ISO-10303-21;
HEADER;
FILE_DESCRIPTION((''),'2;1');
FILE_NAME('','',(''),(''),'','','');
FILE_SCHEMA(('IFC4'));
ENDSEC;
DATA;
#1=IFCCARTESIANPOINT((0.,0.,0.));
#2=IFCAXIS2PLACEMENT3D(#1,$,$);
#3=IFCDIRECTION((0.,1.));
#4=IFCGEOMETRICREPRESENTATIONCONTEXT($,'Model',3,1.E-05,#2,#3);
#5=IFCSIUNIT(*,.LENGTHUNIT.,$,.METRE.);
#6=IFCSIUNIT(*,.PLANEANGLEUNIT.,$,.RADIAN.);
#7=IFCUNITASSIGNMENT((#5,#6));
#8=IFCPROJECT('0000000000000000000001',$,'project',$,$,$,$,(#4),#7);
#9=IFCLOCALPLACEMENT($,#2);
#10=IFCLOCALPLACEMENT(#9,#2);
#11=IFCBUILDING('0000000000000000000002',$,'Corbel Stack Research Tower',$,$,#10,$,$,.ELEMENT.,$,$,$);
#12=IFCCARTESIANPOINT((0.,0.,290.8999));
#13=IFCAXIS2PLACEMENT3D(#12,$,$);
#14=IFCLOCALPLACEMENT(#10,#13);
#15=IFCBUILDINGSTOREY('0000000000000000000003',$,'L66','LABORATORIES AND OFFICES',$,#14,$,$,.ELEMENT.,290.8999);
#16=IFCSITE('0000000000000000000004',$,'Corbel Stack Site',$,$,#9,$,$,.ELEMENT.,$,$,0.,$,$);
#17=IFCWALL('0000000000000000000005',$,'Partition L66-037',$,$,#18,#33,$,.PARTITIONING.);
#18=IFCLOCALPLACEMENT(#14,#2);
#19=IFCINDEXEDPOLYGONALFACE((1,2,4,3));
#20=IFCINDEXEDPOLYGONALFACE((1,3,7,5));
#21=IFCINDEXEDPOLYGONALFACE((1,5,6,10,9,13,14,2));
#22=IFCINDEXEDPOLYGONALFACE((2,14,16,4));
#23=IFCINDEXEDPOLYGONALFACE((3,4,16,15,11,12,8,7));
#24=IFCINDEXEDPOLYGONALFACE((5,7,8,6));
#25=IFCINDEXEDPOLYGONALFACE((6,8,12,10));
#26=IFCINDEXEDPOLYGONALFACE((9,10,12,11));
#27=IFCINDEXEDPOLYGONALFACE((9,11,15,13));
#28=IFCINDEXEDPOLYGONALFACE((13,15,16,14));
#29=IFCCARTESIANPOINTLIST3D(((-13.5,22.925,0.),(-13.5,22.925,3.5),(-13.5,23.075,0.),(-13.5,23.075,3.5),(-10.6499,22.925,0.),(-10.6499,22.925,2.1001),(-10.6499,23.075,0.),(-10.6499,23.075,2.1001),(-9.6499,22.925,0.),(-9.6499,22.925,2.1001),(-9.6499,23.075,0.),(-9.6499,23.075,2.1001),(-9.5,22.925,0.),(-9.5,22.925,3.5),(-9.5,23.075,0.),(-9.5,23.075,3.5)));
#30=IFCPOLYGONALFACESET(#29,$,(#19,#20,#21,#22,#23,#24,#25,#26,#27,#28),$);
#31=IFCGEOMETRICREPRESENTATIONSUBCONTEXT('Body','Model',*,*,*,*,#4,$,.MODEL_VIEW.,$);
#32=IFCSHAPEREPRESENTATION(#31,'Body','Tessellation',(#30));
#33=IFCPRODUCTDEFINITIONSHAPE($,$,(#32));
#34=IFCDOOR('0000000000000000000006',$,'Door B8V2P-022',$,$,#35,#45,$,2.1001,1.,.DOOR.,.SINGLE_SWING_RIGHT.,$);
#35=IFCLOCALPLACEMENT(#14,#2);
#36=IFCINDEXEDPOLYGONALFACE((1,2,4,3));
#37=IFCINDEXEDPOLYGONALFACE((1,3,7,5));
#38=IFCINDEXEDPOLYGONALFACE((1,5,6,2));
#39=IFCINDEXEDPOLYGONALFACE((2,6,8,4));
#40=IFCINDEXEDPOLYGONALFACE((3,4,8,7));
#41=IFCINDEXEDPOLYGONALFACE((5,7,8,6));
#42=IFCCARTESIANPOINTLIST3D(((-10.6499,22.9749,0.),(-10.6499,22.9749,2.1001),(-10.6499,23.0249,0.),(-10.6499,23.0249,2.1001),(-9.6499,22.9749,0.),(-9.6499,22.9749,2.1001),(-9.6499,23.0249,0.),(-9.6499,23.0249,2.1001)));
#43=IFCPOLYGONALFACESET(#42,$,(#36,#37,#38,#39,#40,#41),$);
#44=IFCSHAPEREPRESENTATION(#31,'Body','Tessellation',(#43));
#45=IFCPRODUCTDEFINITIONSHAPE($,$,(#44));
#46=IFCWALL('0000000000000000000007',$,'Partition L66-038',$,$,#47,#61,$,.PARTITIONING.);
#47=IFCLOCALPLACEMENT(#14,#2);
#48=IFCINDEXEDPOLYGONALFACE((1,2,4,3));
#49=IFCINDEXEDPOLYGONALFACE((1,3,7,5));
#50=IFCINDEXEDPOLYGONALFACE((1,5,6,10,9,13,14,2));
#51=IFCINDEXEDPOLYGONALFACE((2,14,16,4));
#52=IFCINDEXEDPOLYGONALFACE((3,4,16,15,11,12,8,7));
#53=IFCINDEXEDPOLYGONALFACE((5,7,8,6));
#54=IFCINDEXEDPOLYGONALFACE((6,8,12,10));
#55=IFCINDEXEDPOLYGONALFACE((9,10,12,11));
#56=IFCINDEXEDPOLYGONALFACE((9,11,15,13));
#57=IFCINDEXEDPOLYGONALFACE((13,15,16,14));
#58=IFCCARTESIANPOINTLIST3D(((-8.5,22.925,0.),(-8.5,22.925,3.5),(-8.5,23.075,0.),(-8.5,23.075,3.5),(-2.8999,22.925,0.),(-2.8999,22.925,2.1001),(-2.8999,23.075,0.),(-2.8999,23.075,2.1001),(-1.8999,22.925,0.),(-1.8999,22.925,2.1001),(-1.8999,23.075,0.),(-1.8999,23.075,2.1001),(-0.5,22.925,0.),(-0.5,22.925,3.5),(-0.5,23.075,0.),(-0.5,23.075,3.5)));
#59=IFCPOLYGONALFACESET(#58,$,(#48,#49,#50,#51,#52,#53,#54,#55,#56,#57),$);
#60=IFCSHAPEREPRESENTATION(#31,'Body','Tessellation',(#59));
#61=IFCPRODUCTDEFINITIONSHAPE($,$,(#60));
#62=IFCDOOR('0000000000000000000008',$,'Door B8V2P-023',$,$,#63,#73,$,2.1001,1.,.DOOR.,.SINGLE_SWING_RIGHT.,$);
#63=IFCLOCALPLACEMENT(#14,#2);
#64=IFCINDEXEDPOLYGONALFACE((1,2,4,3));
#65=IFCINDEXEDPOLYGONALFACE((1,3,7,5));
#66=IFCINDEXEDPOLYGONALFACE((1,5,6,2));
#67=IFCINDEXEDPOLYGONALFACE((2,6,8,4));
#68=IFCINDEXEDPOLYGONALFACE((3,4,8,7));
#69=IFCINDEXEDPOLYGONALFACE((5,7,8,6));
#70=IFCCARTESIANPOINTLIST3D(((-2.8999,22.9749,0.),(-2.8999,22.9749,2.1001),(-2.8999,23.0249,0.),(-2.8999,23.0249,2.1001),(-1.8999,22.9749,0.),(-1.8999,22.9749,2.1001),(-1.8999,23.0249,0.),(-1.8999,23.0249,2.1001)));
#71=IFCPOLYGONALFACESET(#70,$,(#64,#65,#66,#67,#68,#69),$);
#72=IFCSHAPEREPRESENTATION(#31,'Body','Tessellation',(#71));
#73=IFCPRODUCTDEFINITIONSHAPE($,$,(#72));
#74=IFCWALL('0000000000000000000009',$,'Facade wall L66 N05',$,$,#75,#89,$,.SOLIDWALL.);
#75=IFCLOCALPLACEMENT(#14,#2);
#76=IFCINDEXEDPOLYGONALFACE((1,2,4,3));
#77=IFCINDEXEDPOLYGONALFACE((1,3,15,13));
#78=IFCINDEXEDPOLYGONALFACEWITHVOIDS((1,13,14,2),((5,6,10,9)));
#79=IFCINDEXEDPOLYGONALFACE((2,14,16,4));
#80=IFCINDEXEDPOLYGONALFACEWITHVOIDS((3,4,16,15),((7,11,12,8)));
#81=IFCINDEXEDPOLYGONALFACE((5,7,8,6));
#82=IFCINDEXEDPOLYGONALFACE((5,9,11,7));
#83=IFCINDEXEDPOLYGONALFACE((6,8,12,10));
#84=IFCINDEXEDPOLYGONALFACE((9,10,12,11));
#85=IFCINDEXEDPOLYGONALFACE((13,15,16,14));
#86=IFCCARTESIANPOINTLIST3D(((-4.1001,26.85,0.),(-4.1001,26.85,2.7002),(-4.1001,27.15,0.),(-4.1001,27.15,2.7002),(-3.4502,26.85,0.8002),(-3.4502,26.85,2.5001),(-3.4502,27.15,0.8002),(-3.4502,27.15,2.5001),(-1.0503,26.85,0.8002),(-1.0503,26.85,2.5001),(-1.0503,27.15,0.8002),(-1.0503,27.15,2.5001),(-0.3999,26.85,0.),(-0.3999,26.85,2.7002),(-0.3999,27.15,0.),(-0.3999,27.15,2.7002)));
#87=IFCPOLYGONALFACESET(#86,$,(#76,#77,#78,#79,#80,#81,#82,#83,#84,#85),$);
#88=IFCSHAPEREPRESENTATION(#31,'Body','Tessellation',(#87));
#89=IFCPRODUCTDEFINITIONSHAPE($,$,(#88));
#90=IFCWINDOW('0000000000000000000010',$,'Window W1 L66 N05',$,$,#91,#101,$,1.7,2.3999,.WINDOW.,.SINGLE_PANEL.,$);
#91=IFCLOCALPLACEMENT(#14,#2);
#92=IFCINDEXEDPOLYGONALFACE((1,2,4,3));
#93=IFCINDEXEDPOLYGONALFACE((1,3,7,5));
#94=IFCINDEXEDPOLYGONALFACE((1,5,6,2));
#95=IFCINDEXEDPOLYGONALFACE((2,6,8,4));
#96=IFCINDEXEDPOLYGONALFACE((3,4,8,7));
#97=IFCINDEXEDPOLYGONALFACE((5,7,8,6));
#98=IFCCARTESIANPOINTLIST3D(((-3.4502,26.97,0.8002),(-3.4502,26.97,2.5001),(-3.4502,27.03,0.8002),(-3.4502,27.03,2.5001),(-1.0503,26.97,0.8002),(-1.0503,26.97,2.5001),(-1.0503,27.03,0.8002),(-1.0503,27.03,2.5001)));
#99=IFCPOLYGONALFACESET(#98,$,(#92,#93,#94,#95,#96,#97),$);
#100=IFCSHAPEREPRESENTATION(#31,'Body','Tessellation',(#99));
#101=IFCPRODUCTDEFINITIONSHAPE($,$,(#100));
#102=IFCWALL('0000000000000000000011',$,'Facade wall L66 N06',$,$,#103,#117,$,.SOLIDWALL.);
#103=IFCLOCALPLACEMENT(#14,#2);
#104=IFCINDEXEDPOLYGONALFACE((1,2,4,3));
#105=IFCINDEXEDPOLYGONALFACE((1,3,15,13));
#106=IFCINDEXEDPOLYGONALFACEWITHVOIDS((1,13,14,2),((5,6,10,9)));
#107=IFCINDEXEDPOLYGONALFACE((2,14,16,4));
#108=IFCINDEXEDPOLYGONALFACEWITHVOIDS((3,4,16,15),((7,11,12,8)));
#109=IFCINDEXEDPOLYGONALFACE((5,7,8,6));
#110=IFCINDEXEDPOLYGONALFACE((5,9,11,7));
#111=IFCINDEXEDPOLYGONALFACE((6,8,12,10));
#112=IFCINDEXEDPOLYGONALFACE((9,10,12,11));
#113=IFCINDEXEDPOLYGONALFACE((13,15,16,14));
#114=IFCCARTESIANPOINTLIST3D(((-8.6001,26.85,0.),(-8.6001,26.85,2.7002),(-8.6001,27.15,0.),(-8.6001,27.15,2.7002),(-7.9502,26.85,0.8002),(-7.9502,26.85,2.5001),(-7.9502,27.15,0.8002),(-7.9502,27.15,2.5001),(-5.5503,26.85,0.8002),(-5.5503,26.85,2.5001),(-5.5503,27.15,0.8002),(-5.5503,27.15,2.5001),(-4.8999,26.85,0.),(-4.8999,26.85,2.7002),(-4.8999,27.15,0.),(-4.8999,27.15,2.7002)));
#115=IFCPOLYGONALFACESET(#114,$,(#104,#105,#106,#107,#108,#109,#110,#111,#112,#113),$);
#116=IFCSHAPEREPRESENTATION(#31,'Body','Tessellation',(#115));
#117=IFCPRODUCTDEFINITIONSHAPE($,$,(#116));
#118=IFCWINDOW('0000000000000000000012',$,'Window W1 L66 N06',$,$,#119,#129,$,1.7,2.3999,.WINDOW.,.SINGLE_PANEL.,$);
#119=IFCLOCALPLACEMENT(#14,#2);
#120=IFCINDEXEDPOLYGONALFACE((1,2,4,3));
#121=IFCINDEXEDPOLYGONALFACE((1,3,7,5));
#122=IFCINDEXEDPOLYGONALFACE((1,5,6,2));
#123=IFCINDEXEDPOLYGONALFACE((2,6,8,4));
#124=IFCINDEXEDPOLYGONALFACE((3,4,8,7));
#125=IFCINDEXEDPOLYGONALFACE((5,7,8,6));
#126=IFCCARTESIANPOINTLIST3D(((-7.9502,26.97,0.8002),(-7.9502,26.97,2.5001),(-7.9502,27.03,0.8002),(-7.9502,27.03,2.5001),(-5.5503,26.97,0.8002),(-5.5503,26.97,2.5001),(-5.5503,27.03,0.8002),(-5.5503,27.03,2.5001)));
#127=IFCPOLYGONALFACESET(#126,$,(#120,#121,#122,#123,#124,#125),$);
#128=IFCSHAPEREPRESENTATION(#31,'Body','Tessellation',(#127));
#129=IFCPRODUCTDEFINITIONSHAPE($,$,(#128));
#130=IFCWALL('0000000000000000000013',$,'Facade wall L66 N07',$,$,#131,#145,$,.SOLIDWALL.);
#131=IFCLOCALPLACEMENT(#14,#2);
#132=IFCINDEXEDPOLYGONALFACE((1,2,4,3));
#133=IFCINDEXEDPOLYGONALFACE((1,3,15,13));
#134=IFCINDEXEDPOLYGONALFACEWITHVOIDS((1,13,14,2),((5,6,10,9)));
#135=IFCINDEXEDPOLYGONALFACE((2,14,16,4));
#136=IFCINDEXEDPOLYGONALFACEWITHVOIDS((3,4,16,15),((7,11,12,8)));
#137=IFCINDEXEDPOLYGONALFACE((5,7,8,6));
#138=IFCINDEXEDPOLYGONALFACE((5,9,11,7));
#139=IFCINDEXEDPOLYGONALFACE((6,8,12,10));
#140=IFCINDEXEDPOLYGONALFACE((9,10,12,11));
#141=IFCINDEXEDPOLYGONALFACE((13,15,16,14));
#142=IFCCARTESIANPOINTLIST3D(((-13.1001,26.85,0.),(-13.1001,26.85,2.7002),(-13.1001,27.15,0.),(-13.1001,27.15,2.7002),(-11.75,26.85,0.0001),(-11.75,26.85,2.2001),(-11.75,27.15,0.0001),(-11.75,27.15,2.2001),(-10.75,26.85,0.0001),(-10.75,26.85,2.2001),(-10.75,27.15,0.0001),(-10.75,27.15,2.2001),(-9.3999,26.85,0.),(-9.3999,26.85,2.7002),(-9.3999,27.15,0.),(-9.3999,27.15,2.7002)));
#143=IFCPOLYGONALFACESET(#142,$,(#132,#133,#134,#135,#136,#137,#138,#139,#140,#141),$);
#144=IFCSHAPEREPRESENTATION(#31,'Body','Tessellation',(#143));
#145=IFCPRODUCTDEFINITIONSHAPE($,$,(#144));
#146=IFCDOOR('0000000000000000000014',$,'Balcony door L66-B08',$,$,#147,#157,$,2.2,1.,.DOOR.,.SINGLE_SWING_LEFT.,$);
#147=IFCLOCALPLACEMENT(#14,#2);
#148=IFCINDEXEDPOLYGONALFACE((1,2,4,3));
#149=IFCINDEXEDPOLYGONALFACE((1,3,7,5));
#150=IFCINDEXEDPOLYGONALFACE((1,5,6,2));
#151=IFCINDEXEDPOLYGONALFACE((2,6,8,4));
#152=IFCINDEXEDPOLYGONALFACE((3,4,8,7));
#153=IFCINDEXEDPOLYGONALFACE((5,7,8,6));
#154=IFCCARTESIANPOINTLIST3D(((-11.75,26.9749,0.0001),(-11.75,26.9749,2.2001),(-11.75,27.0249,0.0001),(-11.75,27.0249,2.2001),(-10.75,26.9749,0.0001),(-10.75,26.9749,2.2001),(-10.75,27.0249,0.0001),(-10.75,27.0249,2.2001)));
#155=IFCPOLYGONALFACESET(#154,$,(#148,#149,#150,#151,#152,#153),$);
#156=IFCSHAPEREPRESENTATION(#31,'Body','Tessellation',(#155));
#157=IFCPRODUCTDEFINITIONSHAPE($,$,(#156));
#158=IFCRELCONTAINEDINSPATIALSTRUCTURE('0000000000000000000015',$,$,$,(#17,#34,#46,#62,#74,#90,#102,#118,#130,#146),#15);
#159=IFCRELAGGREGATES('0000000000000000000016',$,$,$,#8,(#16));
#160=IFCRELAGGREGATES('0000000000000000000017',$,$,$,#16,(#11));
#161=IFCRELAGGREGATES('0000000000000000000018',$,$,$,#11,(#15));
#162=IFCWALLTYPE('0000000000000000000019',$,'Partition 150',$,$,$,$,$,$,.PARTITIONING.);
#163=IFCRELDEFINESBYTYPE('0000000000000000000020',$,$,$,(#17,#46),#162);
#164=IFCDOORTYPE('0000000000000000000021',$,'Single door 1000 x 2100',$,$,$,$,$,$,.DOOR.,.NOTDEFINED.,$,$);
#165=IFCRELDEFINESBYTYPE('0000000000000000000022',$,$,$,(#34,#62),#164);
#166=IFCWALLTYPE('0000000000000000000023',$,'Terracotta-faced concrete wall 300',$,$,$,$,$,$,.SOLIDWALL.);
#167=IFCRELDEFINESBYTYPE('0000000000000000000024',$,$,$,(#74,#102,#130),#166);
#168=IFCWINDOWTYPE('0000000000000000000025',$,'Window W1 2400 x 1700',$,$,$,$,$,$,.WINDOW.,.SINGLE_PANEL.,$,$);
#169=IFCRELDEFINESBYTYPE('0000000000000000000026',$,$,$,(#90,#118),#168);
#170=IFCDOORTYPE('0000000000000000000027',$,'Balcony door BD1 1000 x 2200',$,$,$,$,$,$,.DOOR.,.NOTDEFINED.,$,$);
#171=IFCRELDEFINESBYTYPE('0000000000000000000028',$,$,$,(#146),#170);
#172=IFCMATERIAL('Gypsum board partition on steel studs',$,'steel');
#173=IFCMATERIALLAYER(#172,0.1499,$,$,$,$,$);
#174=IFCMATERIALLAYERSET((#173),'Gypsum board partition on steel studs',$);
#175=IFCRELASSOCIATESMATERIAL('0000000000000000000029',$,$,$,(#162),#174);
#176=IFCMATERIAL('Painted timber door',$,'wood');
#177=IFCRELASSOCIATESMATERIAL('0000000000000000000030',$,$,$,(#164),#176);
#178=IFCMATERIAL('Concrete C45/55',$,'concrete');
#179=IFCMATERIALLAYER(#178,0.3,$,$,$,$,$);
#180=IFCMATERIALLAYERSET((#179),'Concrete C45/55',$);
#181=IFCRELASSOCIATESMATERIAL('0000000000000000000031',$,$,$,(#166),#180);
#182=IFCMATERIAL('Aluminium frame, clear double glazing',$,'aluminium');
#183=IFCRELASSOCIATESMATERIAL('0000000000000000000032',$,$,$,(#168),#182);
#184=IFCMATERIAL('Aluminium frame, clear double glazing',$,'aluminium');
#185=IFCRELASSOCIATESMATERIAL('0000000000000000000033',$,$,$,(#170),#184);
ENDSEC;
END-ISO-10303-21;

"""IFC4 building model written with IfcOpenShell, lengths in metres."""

from ifc_helpers import new_model, si_unit, direction, frame, frame_2d, origin, place, context, subcontext, project, spatial, rectangle, extrude, material, layer, layer_set, type_object, element, fill, save


model = new_model("IFC4")

# Units and contexts
model_context = context("Model", 3, precision=1e-05, world=origin(), true_north=direction((0.0, 1.0)))
body_context = subcontext(model_context, "Body", "Model", "MODEL_VIEW")
ifc_project = project(units=[si_unit("LENGTHUNIT", "METRE"), si_unit("PLANEANGLEUNIT", "RADIAN")], contexts=[model_context])

# Site, building, storey
site_placement = place(None, origin())
site = spatial("IfcSite", under=ifc_project, at=site_placement, Name="Corbel Stack Site", CompositionType="ELEMENT", RefElevation=0.0)
building_placement = place(site_placement, origin())
building = spatial("IfcBuilding", under=site, at=building_placement, Name="Corbel Stack Research Tower", CompositionType="ELEMENT")
storey_placement = place(building_placement, frame((0.0, 0.0, 290.8999)))
storey = spatial("IfcBuildingStorey", under=building, at=storey_placement, Name="L66", Description="LABORATORIES AND OFFICES", CompositionType="ELEMENT", Elevation=290.8999)

# Walls, openings, doors
ifc_material_1 = material(Name="Gypsum board partition on steel studs", Category="steel")
ifc_layer_1 = layer(ifc_material_1, 0.1499)
ifc_layer_set_1 = layer_set([ifc_layer_1], Name="Gypsum board partition on steel studs")
wall_type_1 = type_object("IfcWallType", Name="Partition 150", PredefinedType="PARTITIONING", material=ifc_layer_set_1)
wall_1_placement = place(storey_placement, frame((-13.5, 23.0, 0.0), z_axis=(0.0, 0.0, 1.0), x_axis=(1.0, 0.0, 0.0)))
wall_1 = element("IfcWall", 1, at=wall_1_placement, inside=storey, type_object=wall_type_1, Name="Partition L66-037", PredefinedType="PARTITIONING", context=body_context, shape_type="SweptSolid", body=[
    extrude(rectangle(XDim=4.0, YDim=0.1499, at=frame_2d((2.0, 0.0))), origin(), (0.0, 0.0, 1.0), 3.5),
])
opening_1_placement = place(wall_1_placement, frame((2.8501, 0.0, 0.0)))
opening_1 = element("IfcOpeningElement", 2, at=opening_1_placement, cuts=wall_1, PredefinedType="OPENING", context=body_context, shape_type="SweptSolid", body=[
    extrude(rectangle(XDim=1.0, YDim=2.1001, at=frame_2d((0.5, 1.05))), frame((0.0, 0.085, 0.0), z_axis=(0.0, -1.0, 0.0), x_axis=(1.0, 0.0, 0.0)), (0.0, 0.0, 1.0), 0.1699),
])
ifc_material_2 = material(Name="Painted timber door", Category="wood")
door_type_1 = type_object("IfcDoorType", Name="Single door 1000 x 2100", OperationType="NOTDEFINED", PredefinedType="DOOR", material=ifc_material_2)
door_1_placement = place(opening_1_placement, origin())
door_1 = element("IfcDoor", 3, at=door_1_placement, inside=storey, type_object=door_type_1, Name="Door B8V2P-022", OperationType="SINGLE_SWING_RIGHT", OverallHeight=2.1001, OverallWidth=1.0, PredefinedType="DOOR", context=body_context, shape_type="SweptSolid", body=[
    extrude(rectangle(XDim=1.0, YDim=2.1001, at=frame_2d((0.5, 1.05))), frame((0.0, 0.0249, 0.0), z_axis=(0.0, -1.0, 0.0), x_axis=(1.0, 0.0, 0.0)), (0.0, 0.0, 1.0), 0.05),
])
fill(opening_1, door_1)
wall_2_placement = place(storey_placement, frame((-8.5, 23.0, 0.0), z_axis=(0.0, 0.0, 1.0), x_axis=(1.0, 0.0, 0.0)))
wall_2 = element("IfcWall", 4, at=wall_2_placement, inside=storey, type_object=wall_type_1, Name="Partition L66-038", PredefinedType="PARTITIONING", context=body_context, shape_type="SweptSolid", body=[
    extrude(rectangle(XDim=8.0, YDim=0.1499, at=frame_2d((4.0, 0.0))), origin(), (0.0, 0.0, 1.0), 3.5),
])
opening_2_placement = place(wall_2_placement, frame((5.6001, 0.0, 0.0)))
opening_2 = element("IfcOpeningElement", 5, at=opening_2_placement, cuts=wall_2, PredefinedType="OPENING", context=body_context, shape_type="SweptSolid", body=[
    extrude(rectangle(XDim=1.0, YDim=2.1001, at=frame_2d((0.5, 1.05))), frame((0.0, 0.085, 0.0), z_axis=(0.0, -1.0, 0.0), x_axis=(1.0, 0.0, 0.0)), (0.0, 0.0, 1.0), 0.1699),
])
door_2_placement = place(opening_2_placement, origin())
door_2 = element("IfcDoor", 6, at=door_2_placement, inside=storey, type_object=door_type_1, Name="Door B8V2P-023", OperationType="SINGLE_SWING_RIGHT", OverallHeight=2.1001, OverallWidth=1.0, PredefinedType="DOOR", context=body_context, shape_type="SweptSolid", body=[
    extrude(rectangle(XDim=1.0, YDim=2.1001, at=frame_2d((0.5, 1.05))), frame((0.0, 0.0249, 0.0), z_axis=(0.0, -1.0, 0.0), x_axis=(1.0, 0.0, 0.0)), (0.0, 0.0, 1.0), 0.05),
])
fill(opening_2, door_2)

# Walls, openings, windows
ifc_material_3 = material(Name="Concrete C45/55", Category="concrete")
ifc_layer_2 = layer(ifc_material_3, 0.3)
ifc_layer_set_2 = layer_set([ifc_layer_2], Name="Concrete C45/55")
wall_type_2 = type_object("IfcWallType", Name="Terracotta-faced concrete wall 300", PredefinedType="SOLIDWALL", material=ifc_layer_set_2)
wall_3_placement = place(storey_placement, frame((-4.1001, 27.0, 0.0), z_axis=(0.0, 0.0, 1.0), x_axis=(1.0, 0.0, 0.0)))
wall_3 = element("IfcWall", 7, at=wall_3_placement, inside=storey, type_object=wall_type_2, Name="Facade wall L66 N05", PredefinedType="SOLIDWALL", context=body_context, shape_type="SweptSolid", body=[
    extrude(rectangle(XDim=3.7002, YDim=0.3, at=frame_2d((1.8501, 0.0))), origin(), (0.0, 0.0, 1.0), 2.7002),
])
opening_3_placement = place(wall_3_placement, frame((0.6499, 0.0, 0.8)))
opening_3 = element("IfcOpeningElement", 8, at=opening_3_placement, cuts=wall_3, PredefinedType="OPENING", context=body_context, shape_type="SweptSolid", body=[
    extrude(rectangle(XDim=2.3999, YDim=1.7, at=frame_2d((1.2, 0.8501))), frame((0.0, 0.1599, 0.0), z_axis=(0.0, -1.0, 0.0), x_axis=(1.0, 0.0, 0.0)), (0.0, 0.0, 1.0), 0.3201),
])
ifc_material_4 = material(Name="Aluminium frame, clear double glazing", Category="aluminium")
window_type = type_object("IfcWindowType", Name="Window W1 2400 x 1700", PartitioningType="SINGLE_PANEL", PredefinedType="WINDOW", material=ifc_material_4)
window_1_placement = place(opening_3_placement, origin())
window_1 = element("IfcWindow", 9, at=window_1_placement, inside=storey, type_object=window_type, Name="Window W1 L66 N05", OverallHeight=1.7, OverallWidth=2.3999, PartitioningType="SINGLE_PANEL", PredefinedType="WINDOW", context=body_context, shape_type="SweptSolid", body=[
    extrude(rectangle(XDim=2.3999, YDim=1.7, at=frame_2d((1.2, 0.8501))), frame((0.0, 0.03, 0.0), z_axis=(0.0, -1.0, 0.0), x_axis=(1.0, 0.0, 0.0)), (0.0, 0.0, 1.0), 0.0601),
])
fill(opening_3, window_1)
wall_4_placement = place(storey_placement, frame((-8.6001, 27.0, 0.0), z_axis=(0.0, 0.0, 1.0), x_axis=(1.0, 0.0, 0.0)))
wall_4 = element("IfcWall", 10, at=wall_4_placement, inside=storey, type_object=wall_type_2, Name="Facade wall L66 N06", PredefinedType="SOLIDWALL", context=body_context, shape_type="SweptSolid", body=[
    extrude(rectangle(XDim=3.7002, YDim=0.3, at=frame_2d((1.8501, 0.0))), origin(), (0.0, 0.0, 1.0), 2.7002),
])
opening_4_placement = place(wall_4_placement, frame((0.6499, 0.0, 0.8)))
opening_4 = element("IfcOpeningElement", 11, at=opening_4_placement, cuts=wall_4, PredefinedType="OPENING", context=body_context, shape_type="SweptSolid", body=[
    extrude(rectangle(XDim=2.3999, YDim=1.7, at=frame_2d((1.2, 0.8501))), frame((0.0, 0.1599, 0.0), z_axis=(0.0, -1.0, 0.0), x_axis=(1.0, 0.0, 0.0)), (0.0, 0.0, 1.0), 0.3201),
])
window_2_placement = place(opening_4_placement, origin())
window_2 = element("IfcWindow", 12, at=window_2_placement, inside=storey, type_object=window_type, Name="Window W1 L66 N06", OverallHeight=1.7, OverallWidth=2.3999, PartitioningType="SINGLE_PANEL", PredefinedType="WINDOW", context=body_context, shape_type="SweptSolid", body=[
    extrude(rectangle(XDim=2.3999, YDim=1.7, at=frame_2d((1.2, 0.8501))), frame((0.0, 0.03, 0.0), z_axis=(0.0, -1.0, 0.0), x_axis=(1.0, 0.0, 0.0)), (0.0, 0.0, 1.0), 0.0601),
])
fill(opening_4, window_2)

# Wall, opening, door
wall_5_placement = place(storey_placement, frame((-13.1001, 27.0, 0.0), z_axis=(0.0, 0.0, 1.0), x_axis=(1.0, 0.0, 0.0)))
wall_5 = element("IfcWall", 13, at=wall_5_placement, inside=storey, type_object=wall_type_2, Name="Facade wall L66 N07", PredefinedType="SOLIDWALL", context=body_context, shape_type="SweptSolid", body=[
    extrude(rectangle(XDim=3.7002, YDim=0.3, at=frame_2d((1.8501, 0.0))), origin(), (0.0, 0.0, 1.0), 2.7002),
])
opening_5_placement = place(wall_5_placement, frame((1.3501, 0.0, 0.0)))
opening_5 = element("IfcOpeningElement", 14, at=opening_5_placement, cuts=wall_5, PredefinedType="OPENING", context=body_context, shape_type="SweptSolid", body=[
    extrude(rectangle(XDim=1.0, YDim=2.2, at=frame_2d((0.5, 1.1001))), frame((0.0, 0.1599, 0.0), z_axis=(0.0, -1.0, 0.0), x_axis=(1.0, 0.0, 0.0)), (0.0, 0.0, 1.0), 0.3201),
])
ifc_material_5 = material(Name="Aluminium frame, clear double glazing", Category="aluminium")
door_type_2 = type_object("IfcDoorType", Name="Balcony door BD1 1000 x 2200", OperationType="NOTDEFINED", PredefinedType="DOOR", material=ifc_material_5)
door_3_placement = place(opening_5_placement, origin())
door_3 = element("IfcDoor", 15, at=door_3_placement, inside=storey, type_object=door_type_2, Name="Balcony door L66-B08", OperationType="SINGLE_SWING_LEFT", OverallHeight=2.2, OverallWidth=1.0, PredefinedType="DOOR", context=body_context, shape_type="SweptSolid", body=[
    extrude(rectangle(XDim=1.0, YDim=2.2, at=frame_2d((0.5, 1.1001))), frame((0.0, 0.0249, 0.0), z_axis=(0.0, -1.0, 0.0), x_axis=(1.0, 0.0, 0.0)), (0.0, 0.0, 1.0), 0.05),
])
fill(opening_5, door_3)

save(model, "model.ifc")
